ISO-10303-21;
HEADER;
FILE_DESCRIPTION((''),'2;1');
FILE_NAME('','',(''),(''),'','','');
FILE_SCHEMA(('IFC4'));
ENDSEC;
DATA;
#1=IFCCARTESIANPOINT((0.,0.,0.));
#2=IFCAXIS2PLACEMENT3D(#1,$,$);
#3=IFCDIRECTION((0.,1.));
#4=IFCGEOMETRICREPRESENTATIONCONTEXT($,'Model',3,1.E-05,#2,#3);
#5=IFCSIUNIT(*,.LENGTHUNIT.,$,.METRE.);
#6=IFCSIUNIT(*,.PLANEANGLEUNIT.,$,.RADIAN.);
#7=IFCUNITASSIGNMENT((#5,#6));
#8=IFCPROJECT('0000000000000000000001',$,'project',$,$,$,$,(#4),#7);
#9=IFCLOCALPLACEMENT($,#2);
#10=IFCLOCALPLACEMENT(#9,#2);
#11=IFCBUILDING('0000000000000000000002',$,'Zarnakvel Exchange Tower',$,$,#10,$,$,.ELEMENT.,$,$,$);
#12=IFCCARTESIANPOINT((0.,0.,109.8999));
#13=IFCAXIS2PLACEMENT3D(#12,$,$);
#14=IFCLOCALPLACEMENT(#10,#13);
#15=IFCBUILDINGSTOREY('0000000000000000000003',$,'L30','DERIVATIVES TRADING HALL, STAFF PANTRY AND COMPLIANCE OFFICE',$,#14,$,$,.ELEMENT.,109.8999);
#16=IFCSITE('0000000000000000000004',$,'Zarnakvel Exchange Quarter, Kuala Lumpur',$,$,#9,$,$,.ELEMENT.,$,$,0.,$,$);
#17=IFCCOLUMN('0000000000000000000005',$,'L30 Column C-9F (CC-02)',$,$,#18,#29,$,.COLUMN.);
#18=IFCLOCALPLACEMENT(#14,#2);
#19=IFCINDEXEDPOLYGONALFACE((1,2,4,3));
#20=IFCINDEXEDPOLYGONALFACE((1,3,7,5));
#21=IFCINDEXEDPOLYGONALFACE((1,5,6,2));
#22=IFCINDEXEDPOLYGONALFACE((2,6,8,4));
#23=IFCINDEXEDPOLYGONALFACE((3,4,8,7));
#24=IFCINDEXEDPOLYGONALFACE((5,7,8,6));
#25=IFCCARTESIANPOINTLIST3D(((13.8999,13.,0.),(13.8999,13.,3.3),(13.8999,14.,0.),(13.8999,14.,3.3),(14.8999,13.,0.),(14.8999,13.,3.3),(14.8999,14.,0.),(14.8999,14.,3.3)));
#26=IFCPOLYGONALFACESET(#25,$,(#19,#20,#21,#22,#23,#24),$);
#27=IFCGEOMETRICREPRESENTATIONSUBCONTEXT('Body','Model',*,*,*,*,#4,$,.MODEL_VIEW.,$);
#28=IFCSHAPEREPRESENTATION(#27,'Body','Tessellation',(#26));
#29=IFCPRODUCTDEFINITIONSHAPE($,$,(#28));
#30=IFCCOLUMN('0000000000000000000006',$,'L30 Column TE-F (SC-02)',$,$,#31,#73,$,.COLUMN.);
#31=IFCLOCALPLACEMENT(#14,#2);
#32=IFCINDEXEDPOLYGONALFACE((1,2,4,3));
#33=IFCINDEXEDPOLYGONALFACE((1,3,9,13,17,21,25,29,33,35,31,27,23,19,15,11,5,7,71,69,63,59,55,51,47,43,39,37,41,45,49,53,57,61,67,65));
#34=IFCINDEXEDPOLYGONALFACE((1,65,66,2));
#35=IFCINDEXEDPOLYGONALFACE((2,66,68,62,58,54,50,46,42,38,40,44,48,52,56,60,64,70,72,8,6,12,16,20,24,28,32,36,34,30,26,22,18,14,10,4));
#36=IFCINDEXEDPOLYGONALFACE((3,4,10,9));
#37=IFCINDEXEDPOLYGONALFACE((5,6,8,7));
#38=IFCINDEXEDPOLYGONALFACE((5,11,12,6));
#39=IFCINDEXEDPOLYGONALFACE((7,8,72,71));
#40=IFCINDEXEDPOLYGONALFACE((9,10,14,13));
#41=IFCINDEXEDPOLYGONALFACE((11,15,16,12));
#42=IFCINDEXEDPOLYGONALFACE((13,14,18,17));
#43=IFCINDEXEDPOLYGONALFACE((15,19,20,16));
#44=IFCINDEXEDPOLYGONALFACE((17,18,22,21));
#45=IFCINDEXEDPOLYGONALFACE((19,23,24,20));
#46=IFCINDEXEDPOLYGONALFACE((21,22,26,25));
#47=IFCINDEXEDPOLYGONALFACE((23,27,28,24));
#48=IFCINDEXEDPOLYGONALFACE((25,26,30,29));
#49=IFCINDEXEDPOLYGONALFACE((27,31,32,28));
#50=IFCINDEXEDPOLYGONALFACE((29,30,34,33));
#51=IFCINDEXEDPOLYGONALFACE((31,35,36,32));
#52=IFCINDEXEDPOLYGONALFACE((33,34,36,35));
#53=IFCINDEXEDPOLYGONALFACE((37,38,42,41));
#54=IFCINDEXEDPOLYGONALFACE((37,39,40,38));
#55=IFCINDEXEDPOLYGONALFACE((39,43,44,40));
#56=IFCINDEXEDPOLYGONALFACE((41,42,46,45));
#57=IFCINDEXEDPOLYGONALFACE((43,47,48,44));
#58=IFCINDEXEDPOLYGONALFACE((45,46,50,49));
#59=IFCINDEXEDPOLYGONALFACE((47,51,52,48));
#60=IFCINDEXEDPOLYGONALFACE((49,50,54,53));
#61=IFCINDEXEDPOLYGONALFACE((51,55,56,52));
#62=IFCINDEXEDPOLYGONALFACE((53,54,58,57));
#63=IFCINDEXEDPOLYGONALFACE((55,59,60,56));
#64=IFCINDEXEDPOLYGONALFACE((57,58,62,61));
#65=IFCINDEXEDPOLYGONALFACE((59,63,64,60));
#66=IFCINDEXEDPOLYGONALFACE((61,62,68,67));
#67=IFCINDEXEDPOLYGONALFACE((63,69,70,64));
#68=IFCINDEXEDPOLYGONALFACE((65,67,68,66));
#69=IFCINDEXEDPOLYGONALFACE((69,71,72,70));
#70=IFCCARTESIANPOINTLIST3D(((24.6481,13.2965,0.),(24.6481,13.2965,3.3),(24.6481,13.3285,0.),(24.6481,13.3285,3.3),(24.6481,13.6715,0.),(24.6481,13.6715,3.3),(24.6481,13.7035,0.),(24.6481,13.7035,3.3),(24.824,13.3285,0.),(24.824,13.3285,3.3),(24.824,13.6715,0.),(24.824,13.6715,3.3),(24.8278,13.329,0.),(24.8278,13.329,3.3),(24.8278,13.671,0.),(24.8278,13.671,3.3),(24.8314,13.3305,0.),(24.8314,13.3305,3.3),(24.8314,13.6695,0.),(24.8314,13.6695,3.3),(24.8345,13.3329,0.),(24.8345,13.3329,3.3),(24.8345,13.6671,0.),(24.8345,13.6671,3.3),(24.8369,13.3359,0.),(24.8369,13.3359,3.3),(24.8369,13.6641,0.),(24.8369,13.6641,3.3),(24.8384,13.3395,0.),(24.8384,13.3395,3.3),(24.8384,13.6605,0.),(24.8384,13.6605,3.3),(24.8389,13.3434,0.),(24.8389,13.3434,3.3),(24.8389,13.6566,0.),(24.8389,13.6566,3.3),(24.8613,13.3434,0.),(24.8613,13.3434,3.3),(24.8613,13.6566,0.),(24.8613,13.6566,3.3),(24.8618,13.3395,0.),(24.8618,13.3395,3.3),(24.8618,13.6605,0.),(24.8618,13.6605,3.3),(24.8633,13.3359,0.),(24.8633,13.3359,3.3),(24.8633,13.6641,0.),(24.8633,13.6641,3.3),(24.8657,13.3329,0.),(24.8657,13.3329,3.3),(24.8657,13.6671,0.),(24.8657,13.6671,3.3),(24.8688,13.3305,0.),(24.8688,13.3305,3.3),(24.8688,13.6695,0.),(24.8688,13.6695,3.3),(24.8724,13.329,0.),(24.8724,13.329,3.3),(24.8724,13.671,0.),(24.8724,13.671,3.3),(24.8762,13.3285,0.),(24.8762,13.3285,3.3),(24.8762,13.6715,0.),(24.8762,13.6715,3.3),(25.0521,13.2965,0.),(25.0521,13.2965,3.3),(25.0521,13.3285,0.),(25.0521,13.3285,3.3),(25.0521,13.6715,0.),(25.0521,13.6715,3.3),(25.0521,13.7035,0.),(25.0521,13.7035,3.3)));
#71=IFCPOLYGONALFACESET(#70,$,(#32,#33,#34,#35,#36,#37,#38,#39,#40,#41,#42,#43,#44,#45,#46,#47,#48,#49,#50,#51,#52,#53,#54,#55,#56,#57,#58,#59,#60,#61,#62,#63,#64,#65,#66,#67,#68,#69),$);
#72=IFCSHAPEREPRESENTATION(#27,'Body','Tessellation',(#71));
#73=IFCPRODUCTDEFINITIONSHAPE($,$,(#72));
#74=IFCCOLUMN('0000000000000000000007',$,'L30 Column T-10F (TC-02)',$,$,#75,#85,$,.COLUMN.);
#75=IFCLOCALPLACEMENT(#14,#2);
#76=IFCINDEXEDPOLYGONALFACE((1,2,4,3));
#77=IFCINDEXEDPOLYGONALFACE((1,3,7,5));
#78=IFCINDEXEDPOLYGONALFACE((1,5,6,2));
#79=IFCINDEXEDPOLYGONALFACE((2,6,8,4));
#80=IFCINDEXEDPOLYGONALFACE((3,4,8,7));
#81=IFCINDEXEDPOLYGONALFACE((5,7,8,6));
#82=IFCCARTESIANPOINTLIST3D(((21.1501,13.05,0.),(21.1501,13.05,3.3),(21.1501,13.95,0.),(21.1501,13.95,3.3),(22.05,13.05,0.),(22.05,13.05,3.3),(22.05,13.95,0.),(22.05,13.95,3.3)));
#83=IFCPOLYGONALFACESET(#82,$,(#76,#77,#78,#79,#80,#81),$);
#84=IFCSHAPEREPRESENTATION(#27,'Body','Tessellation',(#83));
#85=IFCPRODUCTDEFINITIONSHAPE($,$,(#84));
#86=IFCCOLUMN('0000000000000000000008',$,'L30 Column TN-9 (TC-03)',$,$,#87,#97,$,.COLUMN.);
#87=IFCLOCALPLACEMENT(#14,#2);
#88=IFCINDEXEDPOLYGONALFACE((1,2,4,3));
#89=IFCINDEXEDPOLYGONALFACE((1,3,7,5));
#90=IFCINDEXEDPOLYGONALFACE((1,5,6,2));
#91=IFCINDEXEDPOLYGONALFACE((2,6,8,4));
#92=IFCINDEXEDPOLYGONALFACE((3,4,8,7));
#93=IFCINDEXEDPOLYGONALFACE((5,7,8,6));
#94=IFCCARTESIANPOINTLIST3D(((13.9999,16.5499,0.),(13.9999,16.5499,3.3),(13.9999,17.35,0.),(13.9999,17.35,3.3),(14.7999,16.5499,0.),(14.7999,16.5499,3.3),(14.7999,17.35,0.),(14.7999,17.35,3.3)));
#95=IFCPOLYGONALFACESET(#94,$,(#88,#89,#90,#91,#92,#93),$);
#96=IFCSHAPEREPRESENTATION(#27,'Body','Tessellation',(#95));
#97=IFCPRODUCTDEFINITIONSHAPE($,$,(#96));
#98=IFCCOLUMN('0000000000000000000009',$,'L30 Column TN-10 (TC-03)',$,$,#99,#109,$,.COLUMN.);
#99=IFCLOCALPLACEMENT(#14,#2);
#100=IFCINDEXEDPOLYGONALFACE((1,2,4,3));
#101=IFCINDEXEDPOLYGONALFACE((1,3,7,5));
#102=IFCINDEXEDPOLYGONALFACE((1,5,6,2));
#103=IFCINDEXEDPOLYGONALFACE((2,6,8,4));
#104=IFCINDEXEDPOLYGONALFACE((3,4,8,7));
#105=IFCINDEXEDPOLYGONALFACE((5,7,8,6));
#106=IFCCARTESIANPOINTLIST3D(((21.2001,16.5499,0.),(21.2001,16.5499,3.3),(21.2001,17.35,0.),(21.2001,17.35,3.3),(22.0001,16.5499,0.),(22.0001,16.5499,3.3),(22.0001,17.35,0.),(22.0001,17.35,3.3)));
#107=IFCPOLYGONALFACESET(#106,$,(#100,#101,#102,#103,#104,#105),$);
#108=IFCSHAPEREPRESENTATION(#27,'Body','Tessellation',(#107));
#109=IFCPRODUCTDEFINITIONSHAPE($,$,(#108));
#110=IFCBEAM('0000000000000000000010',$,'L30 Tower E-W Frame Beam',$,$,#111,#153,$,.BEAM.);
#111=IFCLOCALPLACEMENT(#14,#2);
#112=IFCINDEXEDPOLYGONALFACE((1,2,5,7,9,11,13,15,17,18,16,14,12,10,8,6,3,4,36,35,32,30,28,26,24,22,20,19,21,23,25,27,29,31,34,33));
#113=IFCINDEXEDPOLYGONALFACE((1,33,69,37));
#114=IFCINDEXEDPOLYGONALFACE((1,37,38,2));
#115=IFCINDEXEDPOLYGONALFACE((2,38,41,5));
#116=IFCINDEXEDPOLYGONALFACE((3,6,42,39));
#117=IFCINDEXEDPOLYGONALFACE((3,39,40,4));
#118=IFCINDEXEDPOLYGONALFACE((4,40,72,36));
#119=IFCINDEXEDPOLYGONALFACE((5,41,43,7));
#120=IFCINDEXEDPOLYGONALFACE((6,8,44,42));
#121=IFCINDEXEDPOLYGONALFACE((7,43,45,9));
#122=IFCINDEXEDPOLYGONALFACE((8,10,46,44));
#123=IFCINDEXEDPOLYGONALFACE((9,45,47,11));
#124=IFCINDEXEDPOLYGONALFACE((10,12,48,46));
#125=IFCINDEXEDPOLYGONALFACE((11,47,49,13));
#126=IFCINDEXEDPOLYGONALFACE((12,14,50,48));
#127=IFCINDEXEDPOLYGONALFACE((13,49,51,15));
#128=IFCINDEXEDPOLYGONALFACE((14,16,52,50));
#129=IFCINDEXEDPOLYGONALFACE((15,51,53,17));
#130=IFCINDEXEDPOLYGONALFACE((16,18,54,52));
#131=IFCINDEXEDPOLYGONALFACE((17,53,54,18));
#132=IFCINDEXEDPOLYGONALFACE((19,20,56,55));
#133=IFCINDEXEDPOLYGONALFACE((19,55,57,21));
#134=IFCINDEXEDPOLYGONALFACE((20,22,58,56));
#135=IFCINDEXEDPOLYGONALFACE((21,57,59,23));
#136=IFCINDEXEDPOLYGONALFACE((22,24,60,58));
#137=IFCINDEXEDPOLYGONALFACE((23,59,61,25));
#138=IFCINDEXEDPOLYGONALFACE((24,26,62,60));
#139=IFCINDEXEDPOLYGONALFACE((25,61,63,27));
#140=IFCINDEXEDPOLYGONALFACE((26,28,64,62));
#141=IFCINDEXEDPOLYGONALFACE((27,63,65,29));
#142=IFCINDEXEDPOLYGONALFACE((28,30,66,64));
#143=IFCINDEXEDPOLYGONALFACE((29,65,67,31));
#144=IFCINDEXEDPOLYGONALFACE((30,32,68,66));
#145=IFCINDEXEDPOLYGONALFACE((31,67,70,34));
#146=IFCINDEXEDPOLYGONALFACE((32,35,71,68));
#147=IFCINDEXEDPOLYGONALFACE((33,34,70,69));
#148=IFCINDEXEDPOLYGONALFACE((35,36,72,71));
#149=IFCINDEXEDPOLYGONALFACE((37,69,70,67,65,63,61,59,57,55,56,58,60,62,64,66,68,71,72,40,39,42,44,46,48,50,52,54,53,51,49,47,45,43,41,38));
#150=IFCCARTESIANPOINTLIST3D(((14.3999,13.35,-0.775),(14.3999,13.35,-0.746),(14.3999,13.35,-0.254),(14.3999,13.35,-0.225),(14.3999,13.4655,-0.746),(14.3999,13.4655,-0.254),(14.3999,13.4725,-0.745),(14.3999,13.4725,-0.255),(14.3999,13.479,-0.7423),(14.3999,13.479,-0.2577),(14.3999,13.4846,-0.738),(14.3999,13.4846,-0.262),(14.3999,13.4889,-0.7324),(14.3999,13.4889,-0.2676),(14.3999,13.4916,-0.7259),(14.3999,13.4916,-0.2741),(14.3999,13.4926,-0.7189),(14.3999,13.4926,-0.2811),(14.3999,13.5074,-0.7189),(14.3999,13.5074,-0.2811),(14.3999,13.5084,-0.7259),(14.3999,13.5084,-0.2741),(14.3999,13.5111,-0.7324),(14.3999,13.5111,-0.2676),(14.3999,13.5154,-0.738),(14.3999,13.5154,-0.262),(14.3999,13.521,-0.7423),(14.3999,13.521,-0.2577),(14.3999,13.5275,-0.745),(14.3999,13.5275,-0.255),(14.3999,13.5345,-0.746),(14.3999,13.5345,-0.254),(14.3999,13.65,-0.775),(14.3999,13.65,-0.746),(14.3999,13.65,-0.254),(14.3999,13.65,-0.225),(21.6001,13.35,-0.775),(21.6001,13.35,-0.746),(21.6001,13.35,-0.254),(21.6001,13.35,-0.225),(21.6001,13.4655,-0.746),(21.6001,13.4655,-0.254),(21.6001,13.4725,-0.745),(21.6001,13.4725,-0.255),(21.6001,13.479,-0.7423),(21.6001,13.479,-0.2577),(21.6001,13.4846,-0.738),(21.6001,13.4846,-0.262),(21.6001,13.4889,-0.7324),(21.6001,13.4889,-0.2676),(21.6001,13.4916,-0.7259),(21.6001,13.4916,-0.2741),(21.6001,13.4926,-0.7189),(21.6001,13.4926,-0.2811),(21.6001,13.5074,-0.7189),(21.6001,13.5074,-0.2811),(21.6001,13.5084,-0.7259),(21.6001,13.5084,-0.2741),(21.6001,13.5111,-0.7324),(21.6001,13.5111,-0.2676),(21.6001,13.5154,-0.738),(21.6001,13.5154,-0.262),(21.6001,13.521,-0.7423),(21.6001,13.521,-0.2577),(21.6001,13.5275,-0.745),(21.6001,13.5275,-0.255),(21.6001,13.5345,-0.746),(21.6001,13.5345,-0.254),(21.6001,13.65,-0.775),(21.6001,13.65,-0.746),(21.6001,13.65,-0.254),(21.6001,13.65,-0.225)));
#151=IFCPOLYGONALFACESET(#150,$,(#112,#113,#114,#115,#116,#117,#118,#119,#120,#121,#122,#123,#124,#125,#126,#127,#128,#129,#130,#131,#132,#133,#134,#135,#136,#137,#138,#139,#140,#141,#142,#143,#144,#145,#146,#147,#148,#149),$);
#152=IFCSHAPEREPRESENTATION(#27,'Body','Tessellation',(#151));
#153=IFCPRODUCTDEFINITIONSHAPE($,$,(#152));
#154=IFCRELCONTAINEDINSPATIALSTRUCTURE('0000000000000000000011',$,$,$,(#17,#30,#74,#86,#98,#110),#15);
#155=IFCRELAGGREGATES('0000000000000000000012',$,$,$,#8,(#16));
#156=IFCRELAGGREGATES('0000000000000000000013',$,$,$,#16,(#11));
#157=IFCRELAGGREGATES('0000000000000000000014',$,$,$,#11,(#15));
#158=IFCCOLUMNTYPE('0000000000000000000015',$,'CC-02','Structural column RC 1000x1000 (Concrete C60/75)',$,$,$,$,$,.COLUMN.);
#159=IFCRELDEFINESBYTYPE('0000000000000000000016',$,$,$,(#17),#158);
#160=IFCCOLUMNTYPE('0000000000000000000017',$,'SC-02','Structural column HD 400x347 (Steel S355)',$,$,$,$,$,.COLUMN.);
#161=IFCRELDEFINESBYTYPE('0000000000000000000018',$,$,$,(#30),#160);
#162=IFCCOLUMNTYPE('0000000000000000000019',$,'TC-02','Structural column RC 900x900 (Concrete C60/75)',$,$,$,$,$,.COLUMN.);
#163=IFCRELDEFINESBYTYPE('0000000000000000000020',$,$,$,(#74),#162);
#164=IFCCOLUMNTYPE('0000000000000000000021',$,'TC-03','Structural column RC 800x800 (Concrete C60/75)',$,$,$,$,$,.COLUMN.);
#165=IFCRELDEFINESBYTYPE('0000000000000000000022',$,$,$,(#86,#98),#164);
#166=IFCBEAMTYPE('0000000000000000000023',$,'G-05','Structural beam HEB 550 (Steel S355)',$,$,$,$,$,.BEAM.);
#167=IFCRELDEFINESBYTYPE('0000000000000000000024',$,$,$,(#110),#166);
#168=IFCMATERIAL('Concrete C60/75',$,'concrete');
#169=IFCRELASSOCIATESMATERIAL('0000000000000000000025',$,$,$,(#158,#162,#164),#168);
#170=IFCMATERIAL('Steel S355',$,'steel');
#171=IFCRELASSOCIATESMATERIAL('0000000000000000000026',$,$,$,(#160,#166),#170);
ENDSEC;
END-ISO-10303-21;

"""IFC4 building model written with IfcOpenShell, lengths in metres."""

from ifc_helpers import new_model, si_unit, direction, frame, origin, origin_2d, place, context, subcontext, project, spatial, rectangle, i_section, extrude, material, material_profile, profile_set, type_object, element, save


model = new_model("IFC4")

# Units and contexts
model_context = context("Model", 3, precision=1e-05, world=origin(), true_north=direction((0.0, 1.0)))
body_context = subcontext(model_context, "Body", "Model", "MODEL_VIEW")
ifc_project = project(units=[si_unit("LENGTHUNIT", "METRE"), si_unit("PLANEANGLEUNIT", "RADIAN")], contexts=[model_context])

# Site, building, storey
site_placement = place(None, origin())
site = spatial("IfcSite", under=ifc_project, at=site_placement, Name="Zarnakvel Exchange Quarter, Kuala Lumpur", CompositionType="ELEMENT", RefElevation=0.0)
building_placement = place(site_placement, origin())
building = spatial("IfcBuilding", under=site, at=building_placement, Name="Zarnakvel Exchange Tower", CompositionType="ELEMENT")
storey_placement = place(building_placement, frame((0.0, 0.0, 109.8999)))
storey = spatial("IfcBuildingStorey", under=building, at=storey_placement, Name="L30", Description="DERIVATIVES TRADING HALL, STAFF PANTRY AND COMPLIANCE OFFICE", CompositionType="ELEMENT", Elevation=109.8999)

# Columns
ifc_material_1 = material(Name="Concrete C60/75", Category="concrete")
ifc_material_profile_1 = material_profile(ifc_material_1, rectangle(XDim=1.0, YDim=1.0, at=origin_2d()))
ifc_profile_set_1 = profile_set([ifc_material_profile_1], Name="Concrete C60/75")
column_type_1 = type_object("IfcColumnType", Name="CC-02", Description="Structural column RC 1000x1000 (Concrete C60/75)", PredefinedType="COLUMN", material=ifc_profile_set_1)
column_1_placement = place(storey_placement, frame((14.3999, 13.5, 0.0), z_axis=(0.0, 0.0, 1.0), x_axis=(1.0, 0.0, 0.0)))
element("IfcColumn", 1, at=column_1_placement, inside=storey, type_object=column_type_1, Name="L30 Column C-9F (CC-02)", PredefinedType="COLUMN", context=body_context, shape_type="SweptSolid", body=[
    extrude(rectangle(XDim=1.0, YDim=1.0, at=origin_2d()), origin(), (0.0, 0.0, 1.0), 3.3),
])
ifc_material_2 = material(Name="Steel S355", Category="steel")
ifc_material_profile_2 = material_profile(ifc_material_2, i_section(OverallWidth=0.4041, OverallDepth=0.407, WebThickness=0.0225, FlangeThickness=0.032, FilletRadius=0.0149, at=origin_2d()))
ifc_profile_set_2 = profile_set([ifc_material_profile_2], Name="Steel S355")
column_type_2 = type_object("IfcColumnType", Name="SC-02", Description="Structural column HD 400x347 (Steel S355)", PredefinedType="COLUMN", material=ifc_profile_set_2)
column_2_placement = place(storey_placement, frame((24.8501, 13.5, 0.0), z_axis=(0.0, 0.0, 1.0), x_axis=(1.0, 0.0, 0.0)))
element("IfcColumn", 2, at=column_2_placement, inside=storey, type_object=column_type_2, Name="L30 Column TE-F (SC-02)", PredefinedType="COLUMN", context=body_context, shape_type="SweptSolid", body=[
    extrude(i_section(OverallWidth=0.4041, OverallDepth=0.407, WebThickness=0.0225, FlangeThickness=0.032, FilletRadius=0.0149, at=origin_2d()), origin(), (0.0, 0.0, 1.0), 3.3),
])
ifc_material_profile_3 = material_profile(ifc_material_1, rectangle(XDim=0.8999, YDim=0.8999, at=origin_2d()))
ifc_profile_set_3 = profile_set([ifc_material_profile_3], Name="Concrete C60/75")
column_type_3 = type_object("IfcColumnType", Name="TC-02", Description="Structural column RC 900x900 (Concrete C60/75)", PredefinedType="COLUMN", material=ifc_profile_set_3)
column_3_placement = place(storey_placement, frame((21.6001, 13.5, 0.0), z_axis=(0.0, 0.0, 1.0), x_axis=(1.0, 0.0, 0.0)))
element("IfcColumn", 3, at=column_3_placement, inside=storey, type_object=column_type_3, Name="L30 Column T-10F (TC-02)", PredefinedType="COLUMN", context=body_context, shape_type="SweptSolid", body=[
    extrude(rectangle(XDim=0.8999, YDim=0.8999, at=origin_2d()), origin(), (0.0, 0.0, 1.0), 3.3),
])
ifc_material_profile_4 = material_profile(ifc_material_1, rectangle(XDim=0.8, YDim=0.8, at=origin_2d()))
ifc_profile_set_4 = profile_set([ifc_material_profile_4], Name="Concrete C60/75")
column_type_4 = type_object("IfcColumnType", Name="TC-03", Description="Structural column RC 800x800 (Concrete C60/75)", PredefinedType="COLUMN", material=ifc_profile_set_4)
for number, where, z_axis, x_axis, name in (
    (4, (14.3999, 16.95, 0.0), (0.0, 0.0, 1.0), (1.0, 0.0, 0.0), "L30 Column TN-9 (TC-03)"),
    (5, (21.6001, 16.95, 0.0), (0.0, 0.0, 1.0), (1.0, 0.0, 0.0), "L30 Column TN-10 (TC-03)"),
):
    element("IfcColumn", number, at=place(storey_placement, frame(where, z_axis=z_axis, x_axis=x_axis)), inside=storey, type_object=column_type_4, Name=name, PredefinedType="COLUMN", context=body_context, shape_type="SweptSolid", body=[
        extrude(rectangle(XDim=0.8, YDim=0.8, at=origin_2d()), origin(), (0.0, 0.0, 1.0), 3.3),
    ])

# Beam
ifc_material_profile_5 = material_profile(ifc_material_2, i_section(OverallWidth=0.3, OverallDepth=0.55, WebThickness=0.0149, FlangeThickness=0.0291, FilletRadius=0.0271, at=origin_2d()))
ifc_profile_set_5 = profile_set([ifc_material_profile_5], Name="Steel S355")
beam_type_1 = type_object("IfcBeamType", Name="G-05", Description="Structural beam HEB 550 (Steel S355)", PredefinedType="BEAM", material=ifc_profile_set_5)
beam_1_placement = place(storey_placement, frame((14.3999, 13.5, -0.5), z_axis=(1.0, 0.0, 0.0), x_axis=(0.0, 1.0, 0.0)))
element("IfcBeam", 6, at=beam_1_placement, inside=storey, type_object=beam_type_1, Name="L30 Tower E-W Frame Beam", PredefinedType="BEAM", context=body_context, shape_type="SweptSolid", body=[
    extrude(i_section(OverallWidth=0.3, OverallDepth=0.55, WebThickness=0.0149, FlangeThickness=0.0291, FilletRadius=0.0271, at=origin_2d()), origin(), (0.0, 0.0, 1.0), 7.2002),
])

save(model, "model.ifc")
